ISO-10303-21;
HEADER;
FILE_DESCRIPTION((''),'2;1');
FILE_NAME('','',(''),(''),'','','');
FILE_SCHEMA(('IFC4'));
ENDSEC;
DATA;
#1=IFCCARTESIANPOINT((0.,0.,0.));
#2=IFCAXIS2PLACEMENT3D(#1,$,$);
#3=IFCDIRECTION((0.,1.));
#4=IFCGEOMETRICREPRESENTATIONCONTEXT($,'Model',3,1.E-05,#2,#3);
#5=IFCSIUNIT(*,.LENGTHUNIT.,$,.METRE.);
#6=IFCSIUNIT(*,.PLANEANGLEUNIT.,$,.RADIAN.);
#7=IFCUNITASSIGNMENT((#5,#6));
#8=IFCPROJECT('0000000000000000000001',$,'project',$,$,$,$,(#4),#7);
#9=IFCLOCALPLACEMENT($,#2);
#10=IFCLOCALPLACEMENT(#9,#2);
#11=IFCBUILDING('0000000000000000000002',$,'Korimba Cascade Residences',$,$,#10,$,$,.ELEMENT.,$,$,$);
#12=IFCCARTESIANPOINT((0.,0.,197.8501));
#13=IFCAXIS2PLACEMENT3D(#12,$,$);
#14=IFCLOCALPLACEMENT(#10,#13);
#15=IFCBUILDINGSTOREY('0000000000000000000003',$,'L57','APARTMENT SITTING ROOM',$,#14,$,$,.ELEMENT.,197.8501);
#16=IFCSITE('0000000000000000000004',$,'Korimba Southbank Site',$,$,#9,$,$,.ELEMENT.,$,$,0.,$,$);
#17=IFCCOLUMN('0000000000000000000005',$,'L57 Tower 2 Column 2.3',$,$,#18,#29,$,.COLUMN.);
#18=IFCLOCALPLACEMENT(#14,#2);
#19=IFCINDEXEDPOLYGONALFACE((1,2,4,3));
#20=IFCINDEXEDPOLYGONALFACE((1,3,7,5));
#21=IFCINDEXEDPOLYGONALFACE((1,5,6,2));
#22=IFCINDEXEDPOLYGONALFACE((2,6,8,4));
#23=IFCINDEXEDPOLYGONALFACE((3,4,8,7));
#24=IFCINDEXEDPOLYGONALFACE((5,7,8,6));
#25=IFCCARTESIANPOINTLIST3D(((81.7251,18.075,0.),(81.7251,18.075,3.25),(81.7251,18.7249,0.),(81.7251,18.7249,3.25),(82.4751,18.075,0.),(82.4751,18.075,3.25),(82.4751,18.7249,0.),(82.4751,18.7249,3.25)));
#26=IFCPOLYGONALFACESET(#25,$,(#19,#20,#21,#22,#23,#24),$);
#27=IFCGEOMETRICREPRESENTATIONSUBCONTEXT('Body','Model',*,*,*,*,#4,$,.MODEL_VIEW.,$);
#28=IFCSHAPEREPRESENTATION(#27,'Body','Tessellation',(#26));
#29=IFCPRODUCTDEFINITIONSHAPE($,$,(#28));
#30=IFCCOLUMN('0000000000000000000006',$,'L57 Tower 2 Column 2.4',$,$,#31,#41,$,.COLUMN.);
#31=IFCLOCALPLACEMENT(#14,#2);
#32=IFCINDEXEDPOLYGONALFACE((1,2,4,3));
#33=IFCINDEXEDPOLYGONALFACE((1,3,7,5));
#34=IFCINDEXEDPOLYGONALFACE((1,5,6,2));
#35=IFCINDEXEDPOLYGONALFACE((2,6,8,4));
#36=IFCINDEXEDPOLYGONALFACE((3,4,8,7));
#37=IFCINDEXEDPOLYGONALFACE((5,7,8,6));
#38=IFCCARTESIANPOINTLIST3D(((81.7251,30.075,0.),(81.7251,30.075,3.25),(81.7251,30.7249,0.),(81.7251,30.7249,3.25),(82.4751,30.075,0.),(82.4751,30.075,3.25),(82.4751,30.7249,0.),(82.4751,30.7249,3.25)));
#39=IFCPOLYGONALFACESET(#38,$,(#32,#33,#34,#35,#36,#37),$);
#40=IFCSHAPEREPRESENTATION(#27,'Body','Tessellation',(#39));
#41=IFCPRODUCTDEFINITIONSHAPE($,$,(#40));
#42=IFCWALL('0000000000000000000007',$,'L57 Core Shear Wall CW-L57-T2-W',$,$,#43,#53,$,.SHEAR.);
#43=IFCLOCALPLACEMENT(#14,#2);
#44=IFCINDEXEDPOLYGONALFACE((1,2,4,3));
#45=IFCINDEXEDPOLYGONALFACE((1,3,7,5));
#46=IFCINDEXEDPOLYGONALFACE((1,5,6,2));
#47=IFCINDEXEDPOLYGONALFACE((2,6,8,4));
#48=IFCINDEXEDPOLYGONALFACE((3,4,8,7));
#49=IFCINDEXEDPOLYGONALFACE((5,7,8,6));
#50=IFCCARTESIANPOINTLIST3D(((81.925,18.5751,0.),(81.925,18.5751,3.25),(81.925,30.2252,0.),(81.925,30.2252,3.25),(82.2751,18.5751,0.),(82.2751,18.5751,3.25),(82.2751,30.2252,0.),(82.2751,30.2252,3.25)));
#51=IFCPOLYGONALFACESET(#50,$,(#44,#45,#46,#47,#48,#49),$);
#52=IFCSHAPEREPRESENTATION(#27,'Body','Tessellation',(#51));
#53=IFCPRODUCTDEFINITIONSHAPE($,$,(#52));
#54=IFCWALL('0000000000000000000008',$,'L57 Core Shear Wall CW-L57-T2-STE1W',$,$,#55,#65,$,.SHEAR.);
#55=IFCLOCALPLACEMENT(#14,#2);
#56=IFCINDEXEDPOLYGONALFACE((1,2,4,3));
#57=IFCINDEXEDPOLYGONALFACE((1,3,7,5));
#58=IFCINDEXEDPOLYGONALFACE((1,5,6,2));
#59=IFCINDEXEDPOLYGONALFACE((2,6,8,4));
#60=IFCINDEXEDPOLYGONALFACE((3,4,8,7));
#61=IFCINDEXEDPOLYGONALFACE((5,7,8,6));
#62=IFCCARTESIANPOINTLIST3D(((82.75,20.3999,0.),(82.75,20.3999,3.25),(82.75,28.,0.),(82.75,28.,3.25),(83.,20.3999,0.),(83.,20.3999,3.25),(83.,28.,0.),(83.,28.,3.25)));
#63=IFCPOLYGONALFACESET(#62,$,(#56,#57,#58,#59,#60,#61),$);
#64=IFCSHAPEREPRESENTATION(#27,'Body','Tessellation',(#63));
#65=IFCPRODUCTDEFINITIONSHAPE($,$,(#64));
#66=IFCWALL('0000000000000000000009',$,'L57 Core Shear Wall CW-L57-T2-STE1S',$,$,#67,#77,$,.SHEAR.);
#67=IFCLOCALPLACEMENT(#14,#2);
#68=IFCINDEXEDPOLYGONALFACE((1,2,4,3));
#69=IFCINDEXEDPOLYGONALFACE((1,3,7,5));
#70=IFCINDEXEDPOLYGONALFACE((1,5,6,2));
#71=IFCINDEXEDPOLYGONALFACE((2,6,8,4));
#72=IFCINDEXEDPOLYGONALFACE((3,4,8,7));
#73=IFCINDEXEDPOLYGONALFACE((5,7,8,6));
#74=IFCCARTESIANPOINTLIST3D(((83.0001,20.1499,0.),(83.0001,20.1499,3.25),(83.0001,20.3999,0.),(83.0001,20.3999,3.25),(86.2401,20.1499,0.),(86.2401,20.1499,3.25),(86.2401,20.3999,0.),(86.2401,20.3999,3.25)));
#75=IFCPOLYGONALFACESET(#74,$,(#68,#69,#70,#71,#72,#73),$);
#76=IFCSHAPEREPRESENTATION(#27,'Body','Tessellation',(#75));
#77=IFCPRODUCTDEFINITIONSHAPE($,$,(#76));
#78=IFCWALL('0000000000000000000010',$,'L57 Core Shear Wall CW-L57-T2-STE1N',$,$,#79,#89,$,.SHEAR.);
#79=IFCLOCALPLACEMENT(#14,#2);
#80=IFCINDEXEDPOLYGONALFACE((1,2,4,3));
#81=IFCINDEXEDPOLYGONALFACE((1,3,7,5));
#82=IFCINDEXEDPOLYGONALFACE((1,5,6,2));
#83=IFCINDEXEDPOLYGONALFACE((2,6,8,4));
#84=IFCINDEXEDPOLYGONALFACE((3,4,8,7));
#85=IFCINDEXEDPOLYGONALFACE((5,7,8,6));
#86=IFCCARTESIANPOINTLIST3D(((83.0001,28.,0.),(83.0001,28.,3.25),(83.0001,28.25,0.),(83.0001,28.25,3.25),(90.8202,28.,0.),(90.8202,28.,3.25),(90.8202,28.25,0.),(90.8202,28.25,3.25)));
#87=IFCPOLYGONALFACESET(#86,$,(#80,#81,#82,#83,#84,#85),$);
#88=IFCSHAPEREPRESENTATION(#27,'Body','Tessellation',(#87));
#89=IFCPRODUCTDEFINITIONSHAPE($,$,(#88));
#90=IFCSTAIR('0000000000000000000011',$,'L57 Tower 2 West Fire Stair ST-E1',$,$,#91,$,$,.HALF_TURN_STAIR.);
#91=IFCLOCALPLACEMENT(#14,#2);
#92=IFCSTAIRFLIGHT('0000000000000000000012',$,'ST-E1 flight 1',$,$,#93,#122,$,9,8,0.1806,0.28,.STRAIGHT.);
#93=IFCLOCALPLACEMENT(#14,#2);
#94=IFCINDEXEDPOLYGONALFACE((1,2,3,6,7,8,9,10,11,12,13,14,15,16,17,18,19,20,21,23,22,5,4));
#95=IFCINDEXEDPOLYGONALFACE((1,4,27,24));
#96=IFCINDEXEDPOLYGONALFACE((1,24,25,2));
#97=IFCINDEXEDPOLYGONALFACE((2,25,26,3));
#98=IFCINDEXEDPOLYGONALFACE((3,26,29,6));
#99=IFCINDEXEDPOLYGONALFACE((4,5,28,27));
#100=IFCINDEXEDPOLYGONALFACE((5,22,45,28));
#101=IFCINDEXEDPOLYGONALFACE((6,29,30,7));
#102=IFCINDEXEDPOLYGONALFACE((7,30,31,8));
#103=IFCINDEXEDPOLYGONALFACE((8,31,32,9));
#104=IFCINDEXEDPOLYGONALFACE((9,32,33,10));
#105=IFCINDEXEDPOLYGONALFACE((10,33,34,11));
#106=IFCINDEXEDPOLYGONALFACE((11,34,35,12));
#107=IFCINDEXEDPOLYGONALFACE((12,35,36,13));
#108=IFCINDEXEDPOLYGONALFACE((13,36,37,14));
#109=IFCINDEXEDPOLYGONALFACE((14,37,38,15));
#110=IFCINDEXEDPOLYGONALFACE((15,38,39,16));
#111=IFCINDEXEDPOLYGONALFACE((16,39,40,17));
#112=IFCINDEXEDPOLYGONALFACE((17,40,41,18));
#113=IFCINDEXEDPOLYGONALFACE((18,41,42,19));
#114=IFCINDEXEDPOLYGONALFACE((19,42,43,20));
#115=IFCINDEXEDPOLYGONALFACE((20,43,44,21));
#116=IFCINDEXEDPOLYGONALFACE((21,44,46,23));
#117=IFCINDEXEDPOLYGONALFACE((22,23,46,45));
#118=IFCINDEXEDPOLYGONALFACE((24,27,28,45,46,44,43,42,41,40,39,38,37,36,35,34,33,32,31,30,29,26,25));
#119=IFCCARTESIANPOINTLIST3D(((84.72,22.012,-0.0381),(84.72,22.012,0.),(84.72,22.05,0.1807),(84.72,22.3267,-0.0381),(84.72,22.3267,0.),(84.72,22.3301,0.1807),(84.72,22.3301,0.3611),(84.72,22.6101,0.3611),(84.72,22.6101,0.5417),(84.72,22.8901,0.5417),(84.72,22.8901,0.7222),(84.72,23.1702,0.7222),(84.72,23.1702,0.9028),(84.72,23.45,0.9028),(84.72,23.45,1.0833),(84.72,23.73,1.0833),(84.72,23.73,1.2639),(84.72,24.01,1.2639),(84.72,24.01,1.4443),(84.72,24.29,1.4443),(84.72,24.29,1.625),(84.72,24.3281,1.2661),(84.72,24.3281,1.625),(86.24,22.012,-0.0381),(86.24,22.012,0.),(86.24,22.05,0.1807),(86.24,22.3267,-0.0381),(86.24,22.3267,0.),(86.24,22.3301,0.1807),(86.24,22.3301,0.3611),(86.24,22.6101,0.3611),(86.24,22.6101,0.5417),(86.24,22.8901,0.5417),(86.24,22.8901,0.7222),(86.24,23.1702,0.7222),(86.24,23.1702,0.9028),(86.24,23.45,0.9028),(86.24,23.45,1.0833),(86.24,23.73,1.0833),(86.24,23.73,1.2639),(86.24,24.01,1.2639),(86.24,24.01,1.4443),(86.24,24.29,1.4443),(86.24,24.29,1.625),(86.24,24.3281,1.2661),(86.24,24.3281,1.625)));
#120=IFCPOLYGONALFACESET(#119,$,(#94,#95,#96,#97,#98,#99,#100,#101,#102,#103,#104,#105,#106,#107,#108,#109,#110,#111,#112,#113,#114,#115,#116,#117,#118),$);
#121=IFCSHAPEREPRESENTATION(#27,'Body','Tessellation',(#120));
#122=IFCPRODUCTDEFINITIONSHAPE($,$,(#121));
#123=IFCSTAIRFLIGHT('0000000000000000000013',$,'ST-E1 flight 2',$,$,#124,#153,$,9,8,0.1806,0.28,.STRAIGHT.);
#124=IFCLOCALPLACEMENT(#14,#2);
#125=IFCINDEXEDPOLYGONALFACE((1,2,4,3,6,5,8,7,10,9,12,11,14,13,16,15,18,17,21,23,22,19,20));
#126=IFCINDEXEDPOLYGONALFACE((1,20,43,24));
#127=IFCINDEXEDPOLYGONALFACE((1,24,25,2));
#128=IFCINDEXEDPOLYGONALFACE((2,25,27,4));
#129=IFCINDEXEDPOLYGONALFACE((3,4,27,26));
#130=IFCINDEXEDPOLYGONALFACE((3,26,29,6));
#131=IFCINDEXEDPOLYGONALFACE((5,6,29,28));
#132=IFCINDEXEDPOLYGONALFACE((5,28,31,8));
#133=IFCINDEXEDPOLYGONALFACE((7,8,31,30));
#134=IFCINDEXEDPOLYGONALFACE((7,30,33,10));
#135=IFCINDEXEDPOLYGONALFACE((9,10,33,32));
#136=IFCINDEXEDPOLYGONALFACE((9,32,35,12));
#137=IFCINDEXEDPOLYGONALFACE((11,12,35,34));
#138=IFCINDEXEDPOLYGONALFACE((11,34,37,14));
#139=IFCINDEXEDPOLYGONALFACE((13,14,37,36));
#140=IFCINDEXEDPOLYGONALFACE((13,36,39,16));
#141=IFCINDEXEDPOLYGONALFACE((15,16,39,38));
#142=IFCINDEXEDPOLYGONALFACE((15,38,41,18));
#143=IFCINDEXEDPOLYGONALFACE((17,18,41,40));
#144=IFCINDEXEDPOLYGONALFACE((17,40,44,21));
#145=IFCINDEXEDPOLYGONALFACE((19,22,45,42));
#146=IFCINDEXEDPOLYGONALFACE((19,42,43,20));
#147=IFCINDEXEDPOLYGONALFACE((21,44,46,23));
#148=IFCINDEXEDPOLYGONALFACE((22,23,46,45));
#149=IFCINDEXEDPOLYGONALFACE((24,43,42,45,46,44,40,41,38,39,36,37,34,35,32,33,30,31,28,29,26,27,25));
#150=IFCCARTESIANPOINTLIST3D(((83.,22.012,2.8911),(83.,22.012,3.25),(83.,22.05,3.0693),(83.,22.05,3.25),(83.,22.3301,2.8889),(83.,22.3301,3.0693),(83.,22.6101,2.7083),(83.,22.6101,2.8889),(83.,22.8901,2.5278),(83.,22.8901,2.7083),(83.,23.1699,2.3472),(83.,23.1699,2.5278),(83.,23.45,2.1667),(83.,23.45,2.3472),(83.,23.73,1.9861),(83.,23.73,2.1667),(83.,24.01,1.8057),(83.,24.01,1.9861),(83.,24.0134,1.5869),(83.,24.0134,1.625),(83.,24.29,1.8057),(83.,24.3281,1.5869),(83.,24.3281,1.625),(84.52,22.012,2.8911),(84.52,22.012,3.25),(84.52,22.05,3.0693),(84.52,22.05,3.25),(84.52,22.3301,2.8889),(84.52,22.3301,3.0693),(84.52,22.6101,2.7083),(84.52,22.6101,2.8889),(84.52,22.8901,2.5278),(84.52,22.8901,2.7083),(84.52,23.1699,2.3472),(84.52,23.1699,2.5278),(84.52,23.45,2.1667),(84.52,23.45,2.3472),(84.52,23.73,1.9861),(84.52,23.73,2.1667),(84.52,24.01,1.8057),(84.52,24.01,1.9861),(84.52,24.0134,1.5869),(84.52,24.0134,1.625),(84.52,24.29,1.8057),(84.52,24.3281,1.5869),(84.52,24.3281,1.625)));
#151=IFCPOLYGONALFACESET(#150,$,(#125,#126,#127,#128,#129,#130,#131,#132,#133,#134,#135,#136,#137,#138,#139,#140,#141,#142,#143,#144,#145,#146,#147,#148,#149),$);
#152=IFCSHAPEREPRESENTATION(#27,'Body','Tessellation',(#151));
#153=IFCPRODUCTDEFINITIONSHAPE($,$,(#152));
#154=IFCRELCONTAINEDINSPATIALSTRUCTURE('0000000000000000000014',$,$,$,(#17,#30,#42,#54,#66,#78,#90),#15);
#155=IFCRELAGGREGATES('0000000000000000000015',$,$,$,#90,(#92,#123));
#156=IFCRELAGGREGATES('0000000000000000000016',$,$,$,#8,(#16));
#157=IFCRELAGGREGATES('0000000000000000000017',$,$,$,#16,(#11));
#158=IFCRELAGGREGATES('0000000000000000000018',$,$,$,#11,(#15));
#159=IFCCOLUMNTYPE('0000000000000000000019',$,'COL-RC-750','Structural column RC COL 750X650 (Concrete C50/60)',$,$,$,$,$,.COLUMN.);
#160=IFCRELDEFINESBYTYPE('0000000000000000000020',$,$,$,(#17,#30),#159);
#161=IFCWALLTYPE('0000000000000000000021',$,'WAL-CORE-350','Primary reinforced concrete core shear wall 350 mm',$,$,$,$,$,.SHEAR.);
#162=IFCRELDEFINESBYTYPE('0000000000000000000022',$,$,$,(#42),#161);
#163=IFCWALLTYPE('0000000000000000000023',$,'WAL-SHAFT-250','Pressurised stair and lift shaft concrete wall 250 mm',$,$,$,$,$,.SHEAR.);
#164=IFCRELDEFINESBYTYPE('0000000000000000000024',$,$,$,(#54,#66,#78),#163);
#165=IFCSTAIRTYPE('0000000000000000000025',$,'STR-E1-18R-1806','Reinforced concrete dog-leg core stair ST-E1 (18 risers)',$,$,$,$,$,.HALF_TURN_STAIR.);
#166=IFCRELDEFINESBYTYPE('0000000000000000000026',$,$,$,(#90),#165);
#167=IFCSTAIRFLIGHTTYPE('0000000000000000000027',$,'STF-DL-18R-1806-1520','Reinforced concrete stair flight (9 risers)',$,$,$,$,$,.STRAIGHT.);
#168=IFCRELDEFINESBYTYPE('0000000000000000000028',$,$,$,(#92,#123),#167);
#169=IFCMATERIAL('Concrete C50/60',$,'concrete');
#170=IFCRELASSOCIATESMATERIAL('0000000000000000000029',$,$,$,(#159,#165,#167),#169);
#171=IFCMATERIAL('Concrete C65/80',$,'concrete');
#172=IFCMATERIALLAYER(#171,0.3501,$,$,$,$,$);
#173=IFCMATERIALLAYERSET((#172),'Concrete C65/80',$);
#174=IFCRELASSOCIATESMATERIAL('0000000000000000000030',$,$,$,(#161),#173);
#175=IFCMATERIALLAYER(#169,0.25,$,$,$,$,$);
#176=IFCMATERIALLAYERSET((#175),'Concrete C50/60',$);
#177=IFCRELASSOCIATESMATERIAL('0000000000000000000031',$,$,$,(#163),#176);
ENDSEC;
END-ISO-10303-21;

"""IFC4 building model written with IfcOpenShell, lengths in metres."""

from ifc_helpers import new_model, si_unit, direction, frame, frame_2d, origin, origin_2d, place, context, subcontext, project, spatial, polyline, rectangle, outline, extrude, material, layer, layer_set, material_profile, profile_set, type_object, element, aggregate, save


model = new_model("IFC4")

# Units and contexts
model_context = context("Model", 3, precision=1e-05, world=origin(), true_north=direction((0.0, 1.0)))
body_context = subcontext(model_context, "Body", "Model", "MODEL_VIEW")
ifc_project = project(units=[si_unit("LENGTHUNIT", "METRE"), si_unit("PLANEANGLEUNIT", "RADIAN")], contexts=[model_context])

# Site, building, storey
site_placement = place(None, origin())
site = spatial("IfcSite", under=ifc_project, at=site_placement, Name="Korimba Southbank Site", CompositionType="ELEMENT", RefElevation=0.0)
building_placement = place(site_placement, origin())
building = spatial("IfcBuilding", under=site, at=building_placement, Name="Korimba Cascade Residences", CompositionType="ELEMENT")
storey_placement = place(building_placement, frame((0.0, 0.0, 197.8501)))
storey = spatial("IfcBuildingStorey", under=building, at=storey_placement, Name="L57", Description="APARTMENT SITTING ROOM", CompositionType="ELEMENT", Elevation=197.8501)

# Columns
ifc_material_1 = material(Name="Concrete C50/60", Category="concrete")
ifc_material_profile = material_profile(ifc_material_1, rectangle(XDim=0.75, YDim=0.6499, at=origin_2d()), Name="Concrete C50/60")
ifc_profile_set = profile_set([ifc_material_profile], Name="Concrete C50/60")
column_type = type_object("IfcColumnType", Name="COL-RC-750", Description="Structural column RC COL 750X650 (Concrete C50/60)", PredefinedType="COLUMN", material=ifc_profile_set)
for number, where, z_axis, x_axis, name in (
    (1, (82.1001, 18.3999, 0.0), (0.0, 0.0, 1.0), (1.0, 0.0, 0.0), "L57 Tower 2 Column 2.3"),
    (2, (82.1001, 30.3999, 0.0), (0.0, 0.0, 1.0), (1.0, 0.0, 0.0), "L57 Tower 2 Column 2.4"),
):
    element("IfcColumn", number, at=place(storey_placement, frame(where, z_axis=z_axis, x_axis=x_axis)), inside=storey, type_object=column_type, Name=name, PredefinedType="COLUMN", context=body_context, shape_type="SweptSolid", body=[
        extrude(rectangle(XDim=0.75, YDim=0.6499, at=origin_2d()), origin(), (0.0, 0.0, 1.0), 3.25),
    ])

# Walls
ifc_material_2 = material(Name="Concrete C65/80", Category="concrete")
ifc_layer_1 = layer(ifc_material_2, 0.3501)
ifc_layer_set_1 = layer_set([ifc_layer_1], Name="Concrete C65/80")
wall_type_1 = type_object("IfcWallType", Name="WAL-CORE-350", Description="Primary reinforced concrete core shear wall 350 mm", PredefinedType="SHEAR", material=ifc_layer_set_1)
wall_1_placement = place(storey_placement, frame((82.1001, 18.575, 0.0), z_axis=(0.0, 0.0, 1.0), x_axis=(0.0, 1.0, 0.0)))
element("IfcWall", 3, at=wall_1_placement, inside=storey, type_object=wall_type_1, Name="L57 Core Shear Wall CW-L57-T2-W", PredefinedType="SHEAR", context=body_context, shape_type="SweptSolid", body=[
    extrude(rectangle(XDim=11.6501, YDim=0.3501, at=frame_2d((5.8252, 0.0))), origin(), (0.0, 0.0, 1.0), 3.25),
])
ifc_layer_2 = layer(ifc_material_1, 0.25)
ifc_layer_set_2 = layer_set([ifc_layer_2], Name="Concrete C50/60")
wall_type_2 = type_object("IfcWallType", Name="WAL-SHAFT-250", Description="Pressurised stair and lift shaft concrete wall 250 mm", PredefinedType="SHEAR", material=ifc_layer_set_2)
wall_2_placement = place(storey_placement, frame((82.875, 20.3999, 0.0), z_axis=(0.0, 0.0, 1.0), x_axis=(0.0, 1.0, 0.0)))
element("IfcWall", 4, at=wall_2_placement, inside=storey, type_object=wall_type_2, Name="L57 Core Shear Wall CW-L57-T2-STE1W", PredefinedType="SHEAR", context=body_context, shape_type="SweptSolid", body=[
    extrude(rectangle(XDim=7.6001, YDim=0.25, at=frame_2d((3.8, 0.0))), origin(), (0.0, 0.0, 1.0), 3.25),
])
wall_3_placement = place(storey_placement, frame((83.0, 20.2749, 0.0), z_axis=(0.0, 0.0, 1.0), x_axis=(1.0, 0.0, 0.0)))
element("IfcWall", 5, at=wall_3_placement, inside=storey, type_object=wall_type_2, Name="L57 Core Shear Wall CW-L57-T2-STE1S", PredefinedType="SHEAR", context=body_context, shape_type="SweptSolid", body=[
    extrude(rectangle(XDim=3.24, YDim=0.25, at=frame_2d((1.6201, 0.0))), origin(), (0.0, 0.0, 1.0), 3.25),
])
wall_4_placement = place(storey_placement, frame((83.0, 28.125, 0.0), z_axis=(0.0, 0.0, 1.0), x_axis=(1.0, 0.0, 0.0)))
element("IfcWall", 6, at=wall_4_placement, inside=storey, type_object=wall_type_2, Name="L57 Core Shear Wall CW-L57-T2-STE1N", PredefinedType="SHEAR", context=body_context, shape_type="SweptSolid", body=[
    extrude(rectangle(XDim=7.8201, YDim=0.25, at=frame_2d((3.9102, 0.0))), origin(), (0.0, 0.0, 1.0), 3.25),
])

# Stair, stair flights
stair_type = type_object("IfcStairType", Name="STR-E1-18R-1806", Description="Reinforced concrete dog-leg core stair ST-E1 (18 risers)", PredefinedType="HALF_TURN_STAIR", material=ifc_material_1)
stair_placement = place(storey_placement, origin())
stair = element("IfcStair", 7, at=stair_placement, inside=storey, type_object=stair_type, Name="L57 Tower 2 West Fire Stair ST-E1", PredefinedType="HALF_TURN_STAIR")
stair_flight_type = type_object("IfcStairFlightType", Name="STF-DL-18R-1806-1520", Description="Reinforced concrete stair flight (9 risers)", PredefinedType="STRAIGHT", material=ifc_material_1)
stair_flight_1_placement = place(storey_placement, frame((85.48, 22.05, 0.0), z_axis=(0.0, 0.0, 1.0), x_axis=(0.0, 1.0, 0.0)))
stair_flight_1 = element("IfcStairFlight", 8, at=stair_flight_1_placement, type_object=stair_flight_type, Name="ST-E1 flight 1", NumberOfRisers=9, NumberOfTreads=8, PredefinedType="STRAIGHT", RiserHeight=0.1806, TreadLength=0.28, context=body_context, shape_type="SweptSolid", body=[
    extrude(outline(polyline([(-0.0381, 0.0), (0.0, 0.1807), (0.28, 0.1807), (0.28, 0.3611), (0.5601, 0.3611), (0.5601, 0.5417), (0.8401, 0.5417), (0.8401, 0.7222), (1.1201, 0.7222), (1.1201, 0.9028), (1.3999, 0.9028), (1.3999, 1.0833), (1.6799, 1.0833), (1.6799, 1.2639), (1.96, 1.2639), (1.96, 1.4443), (2.24, 1.4443), (2.24, 1.625), (2.2781, 1.625), (2.2781, 1.2661), (0.2766, 0.0), (0.2766, -0.0381), (-0.0381, -0.0381), (-0.0381, 0.0)])), frame((0.0, 0.76, 0.0), z_axis=(0.0, -1.0, 0.0), x_axis=(1.0, 0.0, 0.0)), (0.0, 0.0, 1.0), 1.52),
])
stair_flight_2_placement = place(storey_placement, frame((83.76, 24.29, 1.625), z_axis=(0.0, 0.0, 1.0), x_axis=(0.0, -1.0, 0.0)))
stair_flight_2 = element("IfcStairFlight", 9, at=stair_flight_2_placement, type_object=stair_flight_type, Name="ST-E1 flight 2", NumberOfRisers=9, NumberOfTreads=8, PredefinedType="STRAIGHT", RiserHeight=0.1806, TreadLength=0.28, context=body_context, shape_type="SweptSolid", body=[
    extrude(outline(polyline([(-0.0381, 0.0), (0.0, 0.1807), (0.28, 0.1807), (0.28, 0.3611), (0.5601, 0.3611), (0.5601, 0.5417), (0.8401, 0.5417), (0.8401, 0.7222), (1.1201, 0.7222), (1.1201, 0.9028), (1.3999, 0.9028), (1.3999, 1.0833), (1.6799, 1.0833), (1.6799, 1.2639), (1.96, 1.2639), (1.96, 1.4443), (2.24, 1.4443), (2.24, 1.625), (2.2781, 1.625), (2.2781, 1.2661), (0.2766, 0.0), (0.2766, -0.0381), (-0.0381, -0.0381), (-0.0381, 0.0)])), frame((0.0, 0.76, 0.0), z_axis=(0.0, -1.0, 0.0), x_axis=(1.0, 0.0, 0.0)), (0.0, 0.0, 1.0), 1.52),
])
aggregate(stair, [stair_flight_1, stair_flight_2])

save(model, "model.ifc")
